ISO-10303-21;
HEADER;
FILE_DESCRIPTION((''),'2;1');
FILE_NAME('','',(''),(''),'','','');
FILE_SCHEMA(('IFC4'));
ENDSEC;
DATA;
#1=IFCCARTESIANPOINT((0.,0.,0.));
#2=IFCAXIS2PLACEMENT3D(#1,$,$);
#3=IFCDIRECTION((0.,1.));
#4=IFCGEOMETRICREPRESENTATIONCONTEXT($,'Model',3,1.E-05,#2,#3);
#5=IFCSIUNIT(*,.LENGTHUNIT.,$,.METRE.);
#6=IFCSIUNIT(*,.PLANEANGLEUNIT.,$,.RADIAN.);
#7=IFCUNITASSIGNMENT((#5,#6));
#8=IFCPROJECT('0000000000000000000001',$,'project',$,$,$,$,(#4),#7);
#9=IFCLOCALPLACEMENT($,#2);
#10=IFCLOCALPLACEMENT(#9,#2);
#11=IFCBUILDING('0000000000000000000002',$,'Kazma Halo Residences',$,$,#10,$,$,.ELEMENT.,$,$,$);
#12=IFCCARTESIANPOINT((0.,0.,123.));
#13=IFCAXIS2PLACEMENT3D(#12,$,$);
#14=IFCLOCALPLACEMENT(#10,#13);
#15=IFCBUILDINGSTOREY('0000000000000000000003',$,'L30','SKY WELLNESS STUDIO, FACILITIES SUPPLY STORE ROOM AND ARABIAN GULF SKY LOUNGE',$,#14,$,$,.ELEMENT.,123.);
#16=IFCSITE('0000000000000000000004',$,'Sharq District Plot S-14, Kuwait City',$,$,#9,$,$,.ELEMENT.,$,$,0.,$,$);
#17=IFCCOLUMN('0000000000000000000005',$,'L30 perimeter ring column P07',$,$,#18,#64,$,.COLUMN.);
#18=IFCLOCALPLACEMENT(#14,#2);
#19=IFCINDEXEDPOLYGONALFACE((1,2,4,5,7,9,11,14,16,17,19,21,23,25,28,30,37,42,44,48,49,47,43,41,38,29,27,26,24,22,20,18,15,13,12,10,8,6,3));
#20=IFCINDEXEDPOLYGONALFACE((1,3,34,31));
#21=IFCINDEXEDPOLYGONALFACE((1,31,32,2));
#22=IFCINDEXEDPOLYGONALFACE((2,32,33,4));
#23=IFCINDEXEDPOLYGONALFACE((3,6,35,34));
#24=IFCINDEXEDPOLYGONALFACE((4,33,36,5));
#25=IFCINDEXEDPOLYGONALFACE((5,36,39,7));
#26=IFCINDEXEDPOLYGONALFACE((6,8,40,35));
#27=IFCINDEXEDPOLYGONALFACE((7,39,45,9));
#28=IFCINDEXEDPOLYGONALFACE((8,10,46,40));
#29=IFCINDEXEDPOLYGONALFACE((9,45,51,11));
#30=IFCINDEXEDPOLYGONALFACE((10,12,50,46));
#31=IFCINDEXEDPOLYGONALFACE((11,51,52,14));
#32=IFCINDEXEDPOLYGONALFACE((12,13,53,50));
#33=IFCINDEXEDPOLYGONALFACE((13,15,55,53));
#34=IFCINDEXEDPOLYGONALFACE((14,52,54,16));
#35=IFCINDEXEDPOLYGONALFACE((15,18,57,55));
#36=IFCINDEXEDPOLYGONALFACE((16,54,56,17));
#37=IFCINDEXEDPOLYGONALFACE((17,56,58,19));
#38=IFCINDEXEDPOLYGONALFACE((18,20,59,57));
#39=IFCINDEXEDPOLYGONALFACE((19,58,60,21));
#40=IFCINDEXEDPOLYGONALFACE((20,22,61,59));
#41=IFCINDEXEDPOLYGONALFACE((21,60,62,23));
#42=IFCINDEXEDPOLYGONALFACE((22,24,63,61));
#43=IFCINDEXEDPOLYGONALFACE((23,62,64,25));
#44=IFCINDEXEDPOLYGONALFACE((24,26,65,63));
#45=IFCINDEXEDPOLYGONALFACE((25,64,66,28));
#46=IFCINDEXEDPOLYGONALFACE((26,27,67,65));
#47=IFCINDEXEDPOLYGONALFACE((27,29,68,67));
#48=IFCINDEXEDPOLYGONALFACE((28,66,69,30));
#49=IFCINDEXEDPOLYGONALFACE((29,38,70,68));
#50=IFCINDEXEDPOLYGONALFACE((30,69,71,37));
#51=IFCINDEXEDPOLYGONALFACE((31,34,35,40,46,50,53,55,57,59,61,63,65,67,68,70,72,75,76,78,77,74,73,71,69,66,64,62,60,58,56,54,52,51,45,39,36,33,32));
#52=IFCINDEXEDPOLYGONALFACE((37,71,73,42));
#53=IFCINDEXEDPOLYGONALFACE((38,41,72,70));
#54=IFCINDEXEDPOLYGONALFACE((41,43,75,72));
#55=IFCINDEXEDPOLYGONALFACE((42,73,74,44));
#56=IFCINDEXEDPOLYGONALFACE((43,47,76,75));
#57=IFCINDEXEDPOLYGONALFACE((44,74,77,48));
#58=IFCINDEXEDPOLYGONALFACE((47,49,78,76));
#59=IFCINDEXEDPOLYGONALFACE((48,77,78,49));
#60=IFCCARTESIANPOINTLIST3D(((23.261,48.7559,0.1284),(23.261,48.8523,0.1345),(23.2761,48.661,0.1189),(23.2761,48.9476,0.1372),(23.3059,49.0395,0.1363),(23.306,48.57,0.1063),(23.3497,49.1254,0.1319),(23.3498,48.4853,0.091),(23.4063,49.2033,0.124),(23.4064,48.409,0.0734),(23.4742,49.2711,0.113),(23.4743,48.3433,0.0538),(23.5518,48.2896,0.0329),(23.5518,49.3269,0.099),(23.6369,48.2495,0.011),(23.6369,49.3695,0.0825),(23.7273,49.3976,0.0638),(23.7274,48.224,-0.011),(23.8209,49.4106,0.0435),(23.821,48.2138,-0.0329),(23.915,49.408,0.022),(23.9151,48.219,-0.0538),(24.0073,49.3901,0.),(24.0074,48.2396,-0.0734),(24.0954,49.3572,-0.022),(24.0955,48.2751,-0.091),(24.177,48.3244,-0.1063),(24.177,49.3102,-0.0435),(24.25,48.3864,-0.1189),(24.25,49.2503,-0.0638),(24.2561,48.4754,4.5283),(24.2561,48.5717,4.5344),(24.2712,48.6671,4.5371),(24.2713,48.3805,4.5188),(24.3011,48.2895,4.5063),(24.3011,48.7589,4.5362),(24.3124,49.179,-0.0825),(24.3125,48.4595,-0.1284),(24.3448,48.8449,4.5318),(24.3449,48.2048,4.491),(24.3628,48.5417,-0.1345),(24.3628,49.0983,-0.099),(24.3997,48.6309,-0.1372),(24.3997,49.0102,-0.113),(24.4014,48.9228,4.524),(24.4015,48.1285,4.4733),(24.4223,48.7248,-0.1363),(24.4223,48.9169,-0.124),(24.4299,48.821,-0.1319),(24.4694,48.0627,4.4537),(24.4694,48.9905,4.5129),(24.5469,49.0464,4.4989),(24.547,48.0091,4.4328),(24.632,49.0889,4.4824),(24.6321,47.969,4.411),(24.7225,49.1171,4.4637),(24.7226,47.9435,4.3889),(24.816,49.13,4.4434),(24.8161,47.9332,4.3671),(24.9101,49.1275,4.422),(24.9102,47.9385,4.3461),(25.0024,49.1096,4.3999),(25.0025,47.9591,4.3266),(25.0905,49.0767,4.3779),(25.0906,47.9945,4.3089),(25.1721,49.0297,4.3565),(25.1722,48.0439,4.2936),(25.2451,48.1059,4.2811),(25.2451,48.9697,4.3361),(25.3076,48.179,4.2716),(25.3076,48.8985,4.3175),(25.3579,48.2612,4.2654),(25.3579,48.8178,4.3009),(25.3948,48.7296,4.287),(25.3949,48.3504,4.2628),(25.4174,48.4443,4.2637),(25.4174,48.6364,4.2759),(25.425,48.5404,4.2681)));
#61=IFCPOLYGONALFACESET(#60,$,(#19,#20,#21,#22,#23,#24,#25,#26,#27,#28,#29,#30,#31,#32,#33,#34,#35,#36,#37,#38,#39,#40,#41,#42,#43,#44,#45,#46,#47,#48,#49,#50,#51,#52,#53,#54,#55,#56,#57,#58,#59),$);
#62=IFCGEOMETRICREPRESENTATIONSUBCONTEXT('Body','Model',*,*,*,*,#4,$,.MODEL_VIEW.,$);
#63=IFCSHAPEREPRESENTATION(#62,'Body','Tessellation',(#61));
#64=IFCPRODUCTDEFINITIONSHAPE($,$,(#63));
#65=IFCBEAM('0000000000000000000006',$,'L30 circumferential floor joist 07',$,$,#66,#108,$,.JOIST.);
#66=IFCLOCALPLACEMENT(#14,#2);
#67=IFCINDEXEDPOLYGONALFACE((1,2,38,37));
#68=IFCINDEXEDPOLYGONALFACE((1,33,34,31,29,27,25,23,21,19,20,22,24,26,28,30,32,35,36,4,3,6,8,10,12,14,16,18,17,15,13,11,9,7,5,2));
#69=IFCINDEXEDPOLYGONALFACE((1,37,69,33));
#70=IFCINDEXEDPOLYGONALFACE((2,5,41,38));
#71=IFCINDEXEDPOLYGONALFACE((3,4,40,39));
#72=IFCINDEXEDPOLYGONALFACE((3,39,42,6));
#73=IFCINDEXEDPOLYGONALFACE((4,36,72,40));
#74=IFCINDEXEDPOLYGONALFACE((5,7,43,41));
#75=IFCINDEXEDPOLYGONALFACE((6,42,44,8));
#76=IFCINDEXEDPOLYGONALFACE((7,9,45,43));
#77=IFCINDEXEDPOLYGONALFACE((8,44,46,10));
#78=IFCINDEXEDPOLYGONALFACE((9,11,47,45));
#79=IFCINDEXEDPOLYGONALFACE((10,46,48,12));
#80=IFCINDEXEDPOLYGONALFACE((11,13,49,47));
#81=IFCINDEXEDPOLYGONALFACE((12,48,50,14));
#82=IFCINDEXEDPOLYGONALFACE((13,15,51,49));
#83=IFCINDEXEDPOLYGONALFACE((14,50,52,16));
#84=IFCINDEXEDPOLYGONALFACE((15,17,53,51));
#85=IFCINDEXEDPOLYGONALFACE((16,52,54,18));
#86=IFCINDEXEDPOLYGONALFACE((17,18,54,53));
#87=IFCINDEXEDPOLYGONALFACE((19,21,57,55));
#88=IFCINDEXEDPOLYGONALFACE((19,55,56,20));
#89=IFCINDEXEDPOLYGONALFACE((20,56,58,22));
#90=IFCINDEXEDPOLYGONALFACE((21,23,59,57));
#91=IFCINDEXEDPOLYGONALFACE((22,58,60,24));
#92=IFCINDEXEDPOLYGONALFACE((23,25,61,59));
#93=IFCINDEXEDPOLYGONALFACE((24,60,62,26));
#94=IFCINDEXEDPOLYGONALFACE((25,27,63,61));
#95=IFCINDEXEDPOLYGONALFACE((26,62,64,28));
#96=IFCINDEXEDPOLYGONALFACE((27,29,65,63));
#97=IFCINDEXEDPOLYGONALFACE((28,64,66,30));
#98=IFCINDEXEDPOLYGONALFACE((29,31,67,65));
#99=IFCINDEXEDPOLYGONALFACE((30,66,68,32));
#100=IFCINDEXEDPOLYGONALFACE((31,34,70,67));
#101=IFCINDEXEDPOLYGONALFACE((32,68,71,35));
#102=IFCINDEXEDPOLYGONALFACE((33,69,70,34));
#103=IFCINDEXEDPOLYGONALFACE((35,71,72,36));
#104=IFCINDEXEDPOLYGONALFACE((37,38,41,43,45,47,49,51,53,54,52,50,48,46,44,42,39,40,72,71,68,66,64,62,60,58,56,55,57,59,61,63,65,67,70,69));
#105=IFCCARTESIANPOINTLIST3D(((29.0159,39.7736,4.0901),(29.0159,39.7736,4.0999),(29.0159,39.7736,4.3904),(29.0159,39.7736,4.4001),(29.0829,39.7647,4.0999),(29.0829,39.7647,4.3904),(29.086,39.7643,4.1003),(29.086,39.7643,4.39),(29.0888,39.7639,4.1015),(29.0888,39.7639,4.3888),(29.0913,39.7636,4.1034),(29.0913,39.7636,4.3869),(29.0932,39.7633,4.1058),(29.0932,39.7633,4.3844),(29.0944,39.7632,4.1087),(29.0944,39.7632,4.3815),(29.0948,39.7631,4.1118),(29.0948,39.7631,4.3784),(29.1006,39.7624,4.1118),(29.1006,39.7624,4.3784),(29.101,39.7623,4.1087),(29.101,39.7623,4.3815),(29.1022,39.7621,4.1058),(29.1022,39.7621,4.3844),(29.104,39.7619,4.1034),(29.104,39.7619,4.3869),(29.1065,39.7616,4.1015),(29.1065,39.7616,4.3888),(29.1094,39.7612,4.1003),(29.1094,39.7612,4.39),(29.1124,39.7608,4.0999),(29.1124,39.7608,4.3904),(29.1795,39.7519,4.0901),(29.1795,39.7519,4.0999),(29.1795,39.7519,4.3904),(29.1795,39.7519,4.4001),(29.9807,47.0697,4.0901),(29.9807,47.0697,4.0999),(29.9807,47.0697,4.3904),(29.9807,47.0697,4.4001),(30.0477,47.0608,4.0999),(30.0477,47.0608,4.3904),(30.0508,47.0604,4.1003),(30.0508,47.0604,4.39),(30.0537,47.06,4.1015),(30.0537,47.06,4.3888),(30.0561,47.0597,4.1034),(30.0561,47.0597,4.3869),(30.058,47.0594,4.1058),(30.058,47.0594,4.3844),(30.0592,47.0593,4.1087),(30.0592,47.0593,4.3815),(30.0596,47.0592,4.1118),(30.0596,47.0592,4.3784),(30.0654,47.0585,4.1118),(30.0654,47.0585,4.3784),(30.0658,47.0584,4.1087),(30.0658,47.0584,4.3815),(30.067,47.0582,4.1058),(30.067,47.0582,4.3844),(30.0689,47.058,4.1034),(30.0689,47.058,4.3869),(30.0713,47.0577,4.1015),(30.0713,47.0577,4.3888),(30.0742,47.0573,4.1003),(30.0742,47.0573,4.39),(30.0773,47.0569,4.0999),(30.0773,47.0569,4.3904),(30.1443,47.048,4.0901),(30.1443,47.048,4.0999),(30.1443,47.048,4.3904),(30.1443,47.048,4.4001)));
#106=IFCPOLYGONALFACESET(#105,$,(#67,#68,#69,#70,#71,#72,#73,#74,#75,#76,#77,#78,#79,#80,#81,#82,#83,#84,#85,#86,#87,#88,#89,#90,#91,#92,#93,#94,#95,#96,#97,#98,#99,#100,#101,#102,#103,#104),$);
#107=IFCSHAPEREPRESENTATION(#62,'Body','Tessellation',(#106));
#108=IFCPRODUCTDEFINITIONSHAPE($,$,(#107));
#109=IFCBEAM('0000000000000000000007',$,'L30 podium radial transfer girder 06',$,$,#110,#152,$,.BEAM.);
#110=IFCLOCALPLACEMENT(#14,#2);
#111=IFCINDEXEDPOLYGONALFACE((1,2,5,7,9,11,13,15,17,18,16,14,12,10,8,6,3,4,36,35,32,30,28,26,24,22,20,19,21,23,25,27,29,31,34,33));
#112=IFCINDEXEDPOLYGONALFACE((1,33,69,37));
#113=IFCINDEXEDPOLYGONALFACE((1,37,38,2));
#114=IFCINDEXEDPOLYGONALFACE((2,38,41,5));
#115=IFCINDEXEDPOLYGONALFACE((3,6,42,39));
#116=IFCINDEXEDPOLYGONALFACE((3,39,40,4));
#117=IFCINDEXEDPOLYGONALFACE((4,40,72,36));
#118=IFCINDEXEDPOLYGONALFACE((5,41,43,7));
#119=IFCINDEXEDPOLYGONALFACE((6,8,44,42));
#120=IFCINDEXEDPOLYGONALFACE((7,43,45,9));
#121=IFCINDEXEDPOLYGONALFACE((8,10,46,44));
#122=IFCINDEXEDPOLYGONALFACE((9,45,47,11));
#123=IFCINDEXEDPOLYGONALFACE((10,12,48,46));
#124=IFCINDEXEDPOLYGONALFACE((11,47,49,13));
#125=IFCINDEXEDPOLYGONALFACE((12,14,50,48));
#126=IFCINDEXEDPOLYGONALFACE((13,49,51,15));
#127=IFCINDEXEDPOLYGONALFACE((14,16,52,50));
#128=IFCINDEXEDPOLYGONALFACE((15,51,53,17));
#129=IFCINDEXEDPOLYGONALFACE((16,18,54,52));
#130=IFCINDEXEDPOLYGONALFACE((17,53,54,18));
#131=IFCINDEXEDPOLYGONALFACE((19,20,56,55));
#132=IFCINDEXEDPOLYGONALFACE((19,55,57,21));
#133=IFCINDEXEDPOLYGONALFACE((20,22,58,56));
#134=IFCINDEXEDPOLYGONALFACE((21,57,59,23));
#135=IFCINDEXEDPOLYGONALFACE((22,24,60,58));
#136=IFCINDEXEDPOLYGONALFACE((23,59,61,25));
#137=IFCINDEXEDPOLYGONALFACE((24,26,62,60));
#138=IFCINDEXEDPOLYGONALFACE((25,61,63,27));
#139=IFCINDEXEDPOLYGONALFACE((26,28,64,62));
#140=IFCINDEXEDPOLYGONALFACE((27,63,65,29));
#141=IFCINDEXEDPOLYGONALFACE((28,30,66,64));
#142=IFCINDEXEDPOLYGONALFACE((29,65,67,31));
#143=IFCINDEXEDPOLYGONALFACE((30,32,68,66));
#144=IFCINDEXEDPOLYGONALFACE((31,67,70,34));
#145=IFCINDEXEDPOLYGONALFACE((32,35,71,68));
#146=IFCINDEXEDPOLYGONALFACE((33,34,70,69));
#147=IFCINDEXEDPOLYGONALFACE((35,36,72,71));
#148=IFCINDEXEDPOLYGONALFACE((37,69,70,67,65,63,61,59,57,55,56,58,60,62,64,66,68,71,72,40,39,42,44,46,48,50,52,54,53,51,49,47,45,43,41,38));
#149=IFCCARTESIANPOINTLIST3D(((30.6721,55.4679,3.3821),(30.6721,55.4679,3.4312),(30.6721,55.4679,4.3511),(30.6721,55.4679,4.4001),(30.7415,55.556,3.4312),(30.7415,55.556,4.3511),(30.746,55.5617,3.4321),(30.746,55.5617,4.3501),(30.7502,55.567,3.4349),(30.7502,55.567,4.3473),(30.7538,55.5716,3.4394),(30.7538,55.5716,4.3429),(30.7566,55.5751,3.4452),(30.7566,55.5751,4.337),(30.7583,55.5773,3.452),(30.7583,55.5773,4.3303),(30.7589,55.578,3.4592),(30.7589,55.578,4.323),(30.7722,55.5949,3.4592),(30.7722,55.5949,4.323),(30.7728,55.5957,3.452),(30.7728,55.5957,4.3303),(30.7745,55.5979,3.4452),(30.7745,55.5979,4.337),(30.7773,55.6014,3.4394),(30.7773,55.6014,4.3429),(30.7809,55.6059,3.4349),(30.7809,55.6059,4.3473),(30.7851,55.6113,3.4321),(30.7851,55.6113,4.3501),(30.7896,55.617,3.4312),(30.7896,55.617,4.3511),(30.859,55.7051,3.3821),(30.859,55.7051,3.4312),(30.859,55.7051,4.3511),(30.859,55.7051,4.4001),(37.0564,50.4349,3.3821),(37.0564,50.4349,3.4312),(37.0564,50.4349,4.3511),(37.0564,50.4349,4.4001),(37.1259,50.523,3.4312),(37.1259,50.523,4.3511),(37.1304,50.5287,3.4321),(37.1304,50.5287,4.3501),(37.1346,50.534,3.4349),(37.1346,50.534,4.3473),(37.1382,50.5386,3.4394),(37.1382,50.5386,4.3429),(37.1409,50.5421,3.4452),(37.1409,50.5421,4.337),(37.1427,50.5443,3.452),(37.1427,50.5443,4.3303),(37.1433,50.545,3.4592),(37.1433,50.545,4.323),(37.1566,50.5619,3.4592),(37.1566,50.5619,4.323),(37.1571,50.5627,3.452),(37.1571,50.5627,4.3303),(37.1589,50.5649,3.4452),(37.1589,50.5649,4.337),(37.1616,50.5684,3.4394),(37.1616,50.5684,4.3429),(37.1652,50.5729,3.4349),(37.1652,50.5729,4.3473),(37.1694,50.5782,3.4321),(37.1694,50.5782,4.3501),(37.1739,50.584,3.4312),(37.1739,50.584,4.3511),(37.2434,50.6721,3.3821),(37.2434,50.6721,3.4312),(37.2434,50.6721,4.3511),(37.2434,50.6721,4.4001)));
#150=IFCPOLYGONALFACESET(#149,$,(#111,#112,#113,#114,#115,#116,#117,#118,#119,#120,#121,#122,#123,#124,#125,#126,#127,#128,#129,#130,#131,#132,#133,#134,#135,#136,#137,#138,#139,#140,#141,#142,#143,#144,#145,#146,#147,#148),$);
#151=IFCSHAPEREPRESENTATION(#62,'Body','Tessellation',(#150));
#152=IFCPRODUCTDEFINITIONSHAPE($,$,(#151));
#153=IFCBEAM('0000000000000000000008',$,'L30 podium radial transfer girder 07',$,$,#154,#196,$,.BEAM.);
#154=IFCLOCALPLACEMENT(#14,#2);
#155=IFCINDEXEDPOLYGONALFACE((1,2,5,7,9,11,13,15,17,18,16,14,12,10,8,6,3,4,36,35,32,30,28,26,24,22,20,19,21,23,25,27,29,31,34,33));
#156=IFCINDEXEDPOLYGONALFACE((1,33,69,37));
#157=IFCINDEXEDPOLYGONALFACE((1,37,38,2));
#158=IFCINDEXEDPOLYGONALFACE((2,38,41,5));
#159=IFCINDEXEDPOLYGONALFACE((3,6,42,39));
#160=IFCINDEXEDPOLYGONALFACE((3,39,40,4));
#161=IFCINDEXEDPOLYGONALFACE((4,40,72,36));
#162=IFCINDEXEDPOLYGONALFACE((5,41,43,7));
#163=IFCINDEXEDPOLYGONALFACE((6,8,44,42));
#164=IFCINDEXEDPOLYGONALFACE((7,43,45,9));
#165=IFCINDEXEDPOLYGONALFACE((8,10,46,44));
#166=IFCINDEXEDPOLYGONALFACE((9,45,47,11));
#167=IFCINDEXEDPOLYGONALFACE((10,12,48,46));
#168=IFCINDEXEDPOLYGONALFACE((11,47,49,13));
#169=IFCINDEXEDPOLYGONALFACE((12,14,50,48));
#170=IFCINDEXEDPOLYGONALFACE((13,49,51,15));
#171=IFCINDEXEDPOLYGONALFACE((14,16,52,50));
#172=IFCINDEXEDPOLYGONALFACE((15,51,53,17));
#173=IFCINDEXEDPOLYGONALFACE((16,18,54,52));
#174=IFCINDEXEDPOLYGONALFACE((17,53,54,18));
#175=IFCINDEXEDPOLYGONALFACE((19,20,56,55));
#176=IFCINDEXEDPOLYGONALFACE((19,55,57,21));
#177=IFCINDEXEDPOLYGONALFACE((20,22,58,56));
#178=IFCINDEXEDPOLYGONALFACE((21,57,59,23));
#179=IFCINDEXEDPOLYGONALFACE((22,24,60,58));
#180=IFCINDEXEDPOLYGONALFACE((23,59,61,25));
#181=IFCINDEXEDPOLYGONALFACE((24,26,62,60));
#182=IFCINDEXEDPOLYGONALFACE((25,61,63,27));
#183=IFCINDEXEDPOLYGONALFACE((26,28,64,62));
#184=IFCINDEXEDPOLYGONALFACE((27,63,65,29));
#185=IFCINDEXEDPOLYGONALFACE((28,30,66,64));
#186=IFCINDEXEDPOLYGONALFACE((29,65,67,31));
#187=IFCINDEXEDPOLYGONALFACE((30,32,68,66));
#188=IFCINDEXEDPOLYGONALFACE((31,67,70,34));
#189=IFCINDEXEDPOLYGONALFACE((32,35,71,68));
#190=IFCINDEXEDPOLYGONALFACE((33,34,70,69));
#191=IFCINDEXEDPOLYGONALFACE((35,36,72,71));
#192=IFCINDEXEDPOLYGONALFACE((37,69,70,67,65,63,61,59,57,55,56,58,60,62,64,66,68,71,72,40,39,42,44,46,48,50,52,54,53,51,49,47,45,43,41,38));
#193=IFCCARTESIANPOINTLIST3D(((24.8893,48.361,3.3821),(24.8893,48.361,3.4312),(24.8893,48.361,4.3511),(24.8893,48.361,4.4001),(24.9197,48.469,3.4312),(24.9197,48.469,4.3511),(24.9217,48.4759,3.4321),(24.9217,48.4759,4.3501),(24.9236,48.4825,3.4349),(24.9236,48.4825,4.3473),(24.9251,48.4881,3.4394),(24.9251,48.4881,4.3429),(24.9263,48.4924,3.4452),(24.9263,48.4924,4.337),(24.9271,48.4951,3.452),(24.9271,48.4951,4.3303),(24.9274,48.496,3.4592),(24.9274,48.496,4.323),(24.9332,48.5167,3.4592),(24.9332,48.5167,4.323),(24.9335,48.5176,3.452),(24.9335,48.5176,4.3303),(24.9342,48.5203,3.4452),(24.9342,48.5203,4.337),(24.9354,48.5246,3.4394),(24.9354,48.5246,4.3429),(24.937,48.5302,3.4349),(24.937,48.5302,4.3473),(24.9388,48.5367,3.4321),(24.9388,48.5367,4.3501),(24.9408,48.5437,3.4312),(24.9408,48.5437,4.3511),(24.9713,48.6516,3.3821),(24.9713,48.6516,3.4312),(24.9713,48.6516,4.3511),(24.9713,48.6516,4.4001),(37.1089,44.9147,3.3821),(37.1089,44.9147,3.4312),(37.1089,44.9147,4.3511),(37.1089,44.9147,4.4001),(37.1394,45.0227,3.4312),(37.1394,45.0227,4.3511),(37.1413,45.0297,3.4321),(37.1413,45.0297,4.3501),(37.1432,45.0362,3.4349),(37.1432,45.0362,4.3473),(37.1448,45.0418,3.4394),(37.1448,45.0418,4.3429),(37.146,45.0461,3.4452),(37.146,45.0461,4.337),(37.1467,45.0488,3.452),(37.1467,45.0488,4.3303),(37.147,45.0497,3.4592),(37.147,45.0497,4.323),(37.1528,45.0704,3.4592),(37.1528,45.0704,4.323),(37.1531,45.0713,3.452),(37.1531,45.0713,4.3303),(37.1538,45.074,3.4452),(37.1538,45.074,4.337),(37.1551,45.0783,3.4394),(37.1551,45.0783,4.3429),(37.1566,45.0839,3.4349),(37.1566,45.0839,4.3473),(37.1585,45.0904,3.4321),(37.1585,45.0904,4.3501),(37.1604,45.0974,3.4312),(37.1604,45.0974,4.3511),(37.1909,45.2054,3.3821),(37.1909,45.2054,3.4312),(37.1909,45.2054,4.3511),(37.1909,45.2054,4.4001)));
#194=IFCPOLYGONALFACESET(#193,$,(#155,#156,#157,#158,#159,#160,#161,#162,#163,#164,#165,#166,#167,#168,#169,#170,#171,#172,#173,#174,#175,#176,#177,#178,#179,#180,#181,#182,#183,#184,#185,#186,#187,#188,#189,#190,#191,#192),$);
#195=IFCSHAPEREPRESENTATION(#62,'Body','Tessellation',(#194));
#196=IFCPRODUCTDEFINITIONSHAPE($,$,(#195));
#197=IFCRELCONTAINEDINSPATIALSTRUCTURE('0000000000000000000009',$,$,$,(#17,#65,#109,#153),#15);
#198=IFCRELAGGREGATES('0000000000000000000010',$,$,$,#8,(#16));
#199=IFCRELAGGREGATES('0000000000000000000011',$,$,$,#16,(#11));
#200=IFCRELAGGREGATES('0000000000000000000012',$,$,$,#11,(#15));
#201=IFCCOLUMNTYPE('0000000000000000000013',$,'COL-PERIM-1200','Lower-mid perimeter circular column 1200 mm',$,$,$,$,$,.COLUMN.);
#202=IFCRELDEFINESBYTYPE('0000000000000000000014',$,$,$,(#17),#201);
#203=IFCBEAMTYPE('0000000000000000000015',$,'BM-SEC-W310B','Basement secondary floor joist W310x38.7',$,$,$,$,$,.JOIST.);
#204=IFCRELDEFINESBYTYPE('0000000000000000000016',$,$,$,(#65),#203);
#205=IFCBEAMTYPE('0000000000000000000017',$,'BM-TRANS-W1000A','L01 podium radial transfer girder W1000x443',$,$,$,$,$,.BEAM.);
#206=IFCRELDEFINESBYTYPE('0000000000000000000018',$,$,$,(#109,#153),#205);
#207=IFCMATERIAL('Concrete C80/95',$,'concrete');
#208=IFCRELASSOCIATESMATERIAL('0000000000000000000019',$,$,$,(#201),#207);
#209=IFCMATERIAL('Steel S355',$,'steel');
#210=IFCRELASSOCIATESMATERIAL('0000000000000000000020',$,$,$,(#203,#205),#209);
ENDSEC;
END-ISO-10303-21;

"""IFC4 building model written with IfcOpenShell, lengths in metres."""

from ifc_helpers import new_model, si_unit, direction, frame, origin, origin_2d, place, context, subcontext, project, spatial, circle, i_section, extrude, material, material_profile, profile_set, type_object, element, save


model = new_model("IFC4")

# Units and contexts
model_context = context("Model", 3, precision=1e-05, world=origin(), true_north=direction((0.0, 1.0)))
body_context = subcontext(model_context, "Body", "Model", "MODEL_VIEW")
ifc_project = project(units=[si_unit("LENGTHUNIT", "METRE"), si_unit("PLANEANGLEUNIT", "RADIAN")], contexts=[model_context])

# Site, building, storey
site_placement = place(None, origin())
site = spatial("IfcSite", under=ifc_project, at=site_placement, Name="Sharq District Plot S-14, Kuwait City", CompositionType="ELEMENT", RefElevation=0.0)
building_placement = place(site_placement, origin())
building = spatial("IfcBuilding", under=site, at=building_placement, Name="Kazma Halo Residences", CompositionType="ELEMENT")
storey_placement = place(building_placement, frame((0.0, 0.0, 123.0)))
storey = spatial("IfcBuildingStorey", under=building, at=storey_placement, Name="L30", Description="SKY WELLNESS STUDIO, FACILITIES SUPPLY STORE ROOM AND ARABIAN GULF SKY LOUNGE", CompositionType="ELEMENT", Elevation=123.0)

# Column
ifc_material_1 = material(Name="Concrete C80/95", Category="concrete")
ifc_material_profile_1 = material_profile(ifc_material_1, circle(Radius=0.6001, at=origin_2d()), Name="CIRC1200")
ifc_profile_set_1 = profile_set([ifc_material_profile_1], Name="Concrete C80/95")
column_type = type_object("IfcColumnType", Name="COL-PERIM-1200", Description="Lower-mid perimeter circular column 1200 mm", PredefinedType="COLUMN", material=ifc_profile_set_1)
column_placement = place(storey_placement, frame((23.8445, 48.8125, 0.0), z_axis=(0.220171, -0.062065, 0.973485), x_axis=(0.27132, 0.962489, 0.0)))
element("IfcColumn", 1, at=column_placement, inside=storey, type_object=column_type, Name="L30 perimeter ring column P07", PredefinedType="COLUMN", context=body_context, shape_type="SweptSolid", body=[
    extrude(circle(Radius=0.6001, at=origin_2d()), origin(), (0.0, 0.0, 1.0), 4.5198),
])

# Beams
ifc_material_2 = material(Name="Steel S355", Category="steel")
ifc_material_profile_2 = material_profile(ifc_material_2, i_section(OverallWidth=0.165, OverallDepth=0.3101, WebThickness=0.0059, FlangeThickness=0.0098, FilletRadius=0.012, at=origin_2d()), Name="W310x38.7")
ifc_profile_set_2 = profile_set([ifc_material_profile_2], Name="Steel S355")
beam_type_1 = type_object("IfcBeamType", Name="BM-SEC-W310B", Description="Basement secondary floor joist W310x38.7", PredefinedType="JOIST", material=ifc_profile_set_2)
beam_1_placement = place(storey_placement, frame((30.0625, 47.0588, 4.2451), z_axis=(-0.131099, -0.991369, 0.0), x_axis=(0.991369, -0.131099, 0.0)))
element("IfcBeam", 2, at=beam_1_placement, inside=storey, type_object=beam_type_1, Name="L30 circumferential floor joist 07", PredefinedType="JOIST", context=body_context, shape_type="SweptSolid", body=[
    extrude(i_section(OverallWidth=0.165, OverallDepth=0.3101, WebThickness=0.0059, FlangeThickness=0.0098, FilletRadius=0.012, at=origin_2d()), origin(), (0.0, 0.0, 1.0), 7.3596),
])
ifc_material_profile_3 = material_profile(ifc_material_2, i_section(OverallWidth=0.302, OverallDepth=1.0181, WebThickness=0.0215, FlangeThickness=0.0491, FilletRadius=0.0281, at=origin_2d()), Name="W1000x443")
ifc_profile_set_3 = profile_set([ifc_material_profile_3], Name="Steel S355")
beam_type_2 = type_object("IfcBeamType", Name="BM-TRANS-W1000A", Description="L01 podium radial transfer girder W1000x443", PredefinedType="BEAM", material=ifc_profile_set_3)
beam_2_placement = place(storey_placement, frame((37.1499, 50.5535, 3.8911), z_axis=(-0.785317, 0.619094, 0.0), x_axis=(-0.619094, -0.785317, 0.0)))
element("IfcBeam", 3, at=beam_2_placement, inside=storey, type_object=beam_type_2, Name="L30 podium radial transfer girder 06", PredefinedType="BEAM", context=body_context, shape_type="SweptSolid", body=[
    extrude(i_section(OverallWidth=0.302, OverallDepth=1.0181, WebThickness=0.0215, FlangeThickness=0.0491, FilletRadius=0.0281, at=origin_2d()), origin(), (0.0, 0.0, 1.0), 8.1296),
])
beam_3_placement = place(storey_placement, frame((37.1499, 45.0601, 3.8911), z_axis=(-0.962456, 0.271438, 0.0), x_axis=(-0.271438, -0.962456, 0.0)))
element("IfcBeam", 4, at=beam_3_placement, inside=storey, type_object=beam_type_2, Name="L30 podium radial transfer girder 07", PredefinedType="BEAM", context=body_context, shape_type="SweptSolid", body=[
    extrude(i_section(OverallWidth=0.302, OverallDepth=1.0181, WebThickness=0.0215, FlangeThickness=0.0491, FilletRadius=0.0281, at=origin_2d()), origin(), (0.0, 0.0, 1.0), 12.6963),
])

save(model, "model.ifc")
